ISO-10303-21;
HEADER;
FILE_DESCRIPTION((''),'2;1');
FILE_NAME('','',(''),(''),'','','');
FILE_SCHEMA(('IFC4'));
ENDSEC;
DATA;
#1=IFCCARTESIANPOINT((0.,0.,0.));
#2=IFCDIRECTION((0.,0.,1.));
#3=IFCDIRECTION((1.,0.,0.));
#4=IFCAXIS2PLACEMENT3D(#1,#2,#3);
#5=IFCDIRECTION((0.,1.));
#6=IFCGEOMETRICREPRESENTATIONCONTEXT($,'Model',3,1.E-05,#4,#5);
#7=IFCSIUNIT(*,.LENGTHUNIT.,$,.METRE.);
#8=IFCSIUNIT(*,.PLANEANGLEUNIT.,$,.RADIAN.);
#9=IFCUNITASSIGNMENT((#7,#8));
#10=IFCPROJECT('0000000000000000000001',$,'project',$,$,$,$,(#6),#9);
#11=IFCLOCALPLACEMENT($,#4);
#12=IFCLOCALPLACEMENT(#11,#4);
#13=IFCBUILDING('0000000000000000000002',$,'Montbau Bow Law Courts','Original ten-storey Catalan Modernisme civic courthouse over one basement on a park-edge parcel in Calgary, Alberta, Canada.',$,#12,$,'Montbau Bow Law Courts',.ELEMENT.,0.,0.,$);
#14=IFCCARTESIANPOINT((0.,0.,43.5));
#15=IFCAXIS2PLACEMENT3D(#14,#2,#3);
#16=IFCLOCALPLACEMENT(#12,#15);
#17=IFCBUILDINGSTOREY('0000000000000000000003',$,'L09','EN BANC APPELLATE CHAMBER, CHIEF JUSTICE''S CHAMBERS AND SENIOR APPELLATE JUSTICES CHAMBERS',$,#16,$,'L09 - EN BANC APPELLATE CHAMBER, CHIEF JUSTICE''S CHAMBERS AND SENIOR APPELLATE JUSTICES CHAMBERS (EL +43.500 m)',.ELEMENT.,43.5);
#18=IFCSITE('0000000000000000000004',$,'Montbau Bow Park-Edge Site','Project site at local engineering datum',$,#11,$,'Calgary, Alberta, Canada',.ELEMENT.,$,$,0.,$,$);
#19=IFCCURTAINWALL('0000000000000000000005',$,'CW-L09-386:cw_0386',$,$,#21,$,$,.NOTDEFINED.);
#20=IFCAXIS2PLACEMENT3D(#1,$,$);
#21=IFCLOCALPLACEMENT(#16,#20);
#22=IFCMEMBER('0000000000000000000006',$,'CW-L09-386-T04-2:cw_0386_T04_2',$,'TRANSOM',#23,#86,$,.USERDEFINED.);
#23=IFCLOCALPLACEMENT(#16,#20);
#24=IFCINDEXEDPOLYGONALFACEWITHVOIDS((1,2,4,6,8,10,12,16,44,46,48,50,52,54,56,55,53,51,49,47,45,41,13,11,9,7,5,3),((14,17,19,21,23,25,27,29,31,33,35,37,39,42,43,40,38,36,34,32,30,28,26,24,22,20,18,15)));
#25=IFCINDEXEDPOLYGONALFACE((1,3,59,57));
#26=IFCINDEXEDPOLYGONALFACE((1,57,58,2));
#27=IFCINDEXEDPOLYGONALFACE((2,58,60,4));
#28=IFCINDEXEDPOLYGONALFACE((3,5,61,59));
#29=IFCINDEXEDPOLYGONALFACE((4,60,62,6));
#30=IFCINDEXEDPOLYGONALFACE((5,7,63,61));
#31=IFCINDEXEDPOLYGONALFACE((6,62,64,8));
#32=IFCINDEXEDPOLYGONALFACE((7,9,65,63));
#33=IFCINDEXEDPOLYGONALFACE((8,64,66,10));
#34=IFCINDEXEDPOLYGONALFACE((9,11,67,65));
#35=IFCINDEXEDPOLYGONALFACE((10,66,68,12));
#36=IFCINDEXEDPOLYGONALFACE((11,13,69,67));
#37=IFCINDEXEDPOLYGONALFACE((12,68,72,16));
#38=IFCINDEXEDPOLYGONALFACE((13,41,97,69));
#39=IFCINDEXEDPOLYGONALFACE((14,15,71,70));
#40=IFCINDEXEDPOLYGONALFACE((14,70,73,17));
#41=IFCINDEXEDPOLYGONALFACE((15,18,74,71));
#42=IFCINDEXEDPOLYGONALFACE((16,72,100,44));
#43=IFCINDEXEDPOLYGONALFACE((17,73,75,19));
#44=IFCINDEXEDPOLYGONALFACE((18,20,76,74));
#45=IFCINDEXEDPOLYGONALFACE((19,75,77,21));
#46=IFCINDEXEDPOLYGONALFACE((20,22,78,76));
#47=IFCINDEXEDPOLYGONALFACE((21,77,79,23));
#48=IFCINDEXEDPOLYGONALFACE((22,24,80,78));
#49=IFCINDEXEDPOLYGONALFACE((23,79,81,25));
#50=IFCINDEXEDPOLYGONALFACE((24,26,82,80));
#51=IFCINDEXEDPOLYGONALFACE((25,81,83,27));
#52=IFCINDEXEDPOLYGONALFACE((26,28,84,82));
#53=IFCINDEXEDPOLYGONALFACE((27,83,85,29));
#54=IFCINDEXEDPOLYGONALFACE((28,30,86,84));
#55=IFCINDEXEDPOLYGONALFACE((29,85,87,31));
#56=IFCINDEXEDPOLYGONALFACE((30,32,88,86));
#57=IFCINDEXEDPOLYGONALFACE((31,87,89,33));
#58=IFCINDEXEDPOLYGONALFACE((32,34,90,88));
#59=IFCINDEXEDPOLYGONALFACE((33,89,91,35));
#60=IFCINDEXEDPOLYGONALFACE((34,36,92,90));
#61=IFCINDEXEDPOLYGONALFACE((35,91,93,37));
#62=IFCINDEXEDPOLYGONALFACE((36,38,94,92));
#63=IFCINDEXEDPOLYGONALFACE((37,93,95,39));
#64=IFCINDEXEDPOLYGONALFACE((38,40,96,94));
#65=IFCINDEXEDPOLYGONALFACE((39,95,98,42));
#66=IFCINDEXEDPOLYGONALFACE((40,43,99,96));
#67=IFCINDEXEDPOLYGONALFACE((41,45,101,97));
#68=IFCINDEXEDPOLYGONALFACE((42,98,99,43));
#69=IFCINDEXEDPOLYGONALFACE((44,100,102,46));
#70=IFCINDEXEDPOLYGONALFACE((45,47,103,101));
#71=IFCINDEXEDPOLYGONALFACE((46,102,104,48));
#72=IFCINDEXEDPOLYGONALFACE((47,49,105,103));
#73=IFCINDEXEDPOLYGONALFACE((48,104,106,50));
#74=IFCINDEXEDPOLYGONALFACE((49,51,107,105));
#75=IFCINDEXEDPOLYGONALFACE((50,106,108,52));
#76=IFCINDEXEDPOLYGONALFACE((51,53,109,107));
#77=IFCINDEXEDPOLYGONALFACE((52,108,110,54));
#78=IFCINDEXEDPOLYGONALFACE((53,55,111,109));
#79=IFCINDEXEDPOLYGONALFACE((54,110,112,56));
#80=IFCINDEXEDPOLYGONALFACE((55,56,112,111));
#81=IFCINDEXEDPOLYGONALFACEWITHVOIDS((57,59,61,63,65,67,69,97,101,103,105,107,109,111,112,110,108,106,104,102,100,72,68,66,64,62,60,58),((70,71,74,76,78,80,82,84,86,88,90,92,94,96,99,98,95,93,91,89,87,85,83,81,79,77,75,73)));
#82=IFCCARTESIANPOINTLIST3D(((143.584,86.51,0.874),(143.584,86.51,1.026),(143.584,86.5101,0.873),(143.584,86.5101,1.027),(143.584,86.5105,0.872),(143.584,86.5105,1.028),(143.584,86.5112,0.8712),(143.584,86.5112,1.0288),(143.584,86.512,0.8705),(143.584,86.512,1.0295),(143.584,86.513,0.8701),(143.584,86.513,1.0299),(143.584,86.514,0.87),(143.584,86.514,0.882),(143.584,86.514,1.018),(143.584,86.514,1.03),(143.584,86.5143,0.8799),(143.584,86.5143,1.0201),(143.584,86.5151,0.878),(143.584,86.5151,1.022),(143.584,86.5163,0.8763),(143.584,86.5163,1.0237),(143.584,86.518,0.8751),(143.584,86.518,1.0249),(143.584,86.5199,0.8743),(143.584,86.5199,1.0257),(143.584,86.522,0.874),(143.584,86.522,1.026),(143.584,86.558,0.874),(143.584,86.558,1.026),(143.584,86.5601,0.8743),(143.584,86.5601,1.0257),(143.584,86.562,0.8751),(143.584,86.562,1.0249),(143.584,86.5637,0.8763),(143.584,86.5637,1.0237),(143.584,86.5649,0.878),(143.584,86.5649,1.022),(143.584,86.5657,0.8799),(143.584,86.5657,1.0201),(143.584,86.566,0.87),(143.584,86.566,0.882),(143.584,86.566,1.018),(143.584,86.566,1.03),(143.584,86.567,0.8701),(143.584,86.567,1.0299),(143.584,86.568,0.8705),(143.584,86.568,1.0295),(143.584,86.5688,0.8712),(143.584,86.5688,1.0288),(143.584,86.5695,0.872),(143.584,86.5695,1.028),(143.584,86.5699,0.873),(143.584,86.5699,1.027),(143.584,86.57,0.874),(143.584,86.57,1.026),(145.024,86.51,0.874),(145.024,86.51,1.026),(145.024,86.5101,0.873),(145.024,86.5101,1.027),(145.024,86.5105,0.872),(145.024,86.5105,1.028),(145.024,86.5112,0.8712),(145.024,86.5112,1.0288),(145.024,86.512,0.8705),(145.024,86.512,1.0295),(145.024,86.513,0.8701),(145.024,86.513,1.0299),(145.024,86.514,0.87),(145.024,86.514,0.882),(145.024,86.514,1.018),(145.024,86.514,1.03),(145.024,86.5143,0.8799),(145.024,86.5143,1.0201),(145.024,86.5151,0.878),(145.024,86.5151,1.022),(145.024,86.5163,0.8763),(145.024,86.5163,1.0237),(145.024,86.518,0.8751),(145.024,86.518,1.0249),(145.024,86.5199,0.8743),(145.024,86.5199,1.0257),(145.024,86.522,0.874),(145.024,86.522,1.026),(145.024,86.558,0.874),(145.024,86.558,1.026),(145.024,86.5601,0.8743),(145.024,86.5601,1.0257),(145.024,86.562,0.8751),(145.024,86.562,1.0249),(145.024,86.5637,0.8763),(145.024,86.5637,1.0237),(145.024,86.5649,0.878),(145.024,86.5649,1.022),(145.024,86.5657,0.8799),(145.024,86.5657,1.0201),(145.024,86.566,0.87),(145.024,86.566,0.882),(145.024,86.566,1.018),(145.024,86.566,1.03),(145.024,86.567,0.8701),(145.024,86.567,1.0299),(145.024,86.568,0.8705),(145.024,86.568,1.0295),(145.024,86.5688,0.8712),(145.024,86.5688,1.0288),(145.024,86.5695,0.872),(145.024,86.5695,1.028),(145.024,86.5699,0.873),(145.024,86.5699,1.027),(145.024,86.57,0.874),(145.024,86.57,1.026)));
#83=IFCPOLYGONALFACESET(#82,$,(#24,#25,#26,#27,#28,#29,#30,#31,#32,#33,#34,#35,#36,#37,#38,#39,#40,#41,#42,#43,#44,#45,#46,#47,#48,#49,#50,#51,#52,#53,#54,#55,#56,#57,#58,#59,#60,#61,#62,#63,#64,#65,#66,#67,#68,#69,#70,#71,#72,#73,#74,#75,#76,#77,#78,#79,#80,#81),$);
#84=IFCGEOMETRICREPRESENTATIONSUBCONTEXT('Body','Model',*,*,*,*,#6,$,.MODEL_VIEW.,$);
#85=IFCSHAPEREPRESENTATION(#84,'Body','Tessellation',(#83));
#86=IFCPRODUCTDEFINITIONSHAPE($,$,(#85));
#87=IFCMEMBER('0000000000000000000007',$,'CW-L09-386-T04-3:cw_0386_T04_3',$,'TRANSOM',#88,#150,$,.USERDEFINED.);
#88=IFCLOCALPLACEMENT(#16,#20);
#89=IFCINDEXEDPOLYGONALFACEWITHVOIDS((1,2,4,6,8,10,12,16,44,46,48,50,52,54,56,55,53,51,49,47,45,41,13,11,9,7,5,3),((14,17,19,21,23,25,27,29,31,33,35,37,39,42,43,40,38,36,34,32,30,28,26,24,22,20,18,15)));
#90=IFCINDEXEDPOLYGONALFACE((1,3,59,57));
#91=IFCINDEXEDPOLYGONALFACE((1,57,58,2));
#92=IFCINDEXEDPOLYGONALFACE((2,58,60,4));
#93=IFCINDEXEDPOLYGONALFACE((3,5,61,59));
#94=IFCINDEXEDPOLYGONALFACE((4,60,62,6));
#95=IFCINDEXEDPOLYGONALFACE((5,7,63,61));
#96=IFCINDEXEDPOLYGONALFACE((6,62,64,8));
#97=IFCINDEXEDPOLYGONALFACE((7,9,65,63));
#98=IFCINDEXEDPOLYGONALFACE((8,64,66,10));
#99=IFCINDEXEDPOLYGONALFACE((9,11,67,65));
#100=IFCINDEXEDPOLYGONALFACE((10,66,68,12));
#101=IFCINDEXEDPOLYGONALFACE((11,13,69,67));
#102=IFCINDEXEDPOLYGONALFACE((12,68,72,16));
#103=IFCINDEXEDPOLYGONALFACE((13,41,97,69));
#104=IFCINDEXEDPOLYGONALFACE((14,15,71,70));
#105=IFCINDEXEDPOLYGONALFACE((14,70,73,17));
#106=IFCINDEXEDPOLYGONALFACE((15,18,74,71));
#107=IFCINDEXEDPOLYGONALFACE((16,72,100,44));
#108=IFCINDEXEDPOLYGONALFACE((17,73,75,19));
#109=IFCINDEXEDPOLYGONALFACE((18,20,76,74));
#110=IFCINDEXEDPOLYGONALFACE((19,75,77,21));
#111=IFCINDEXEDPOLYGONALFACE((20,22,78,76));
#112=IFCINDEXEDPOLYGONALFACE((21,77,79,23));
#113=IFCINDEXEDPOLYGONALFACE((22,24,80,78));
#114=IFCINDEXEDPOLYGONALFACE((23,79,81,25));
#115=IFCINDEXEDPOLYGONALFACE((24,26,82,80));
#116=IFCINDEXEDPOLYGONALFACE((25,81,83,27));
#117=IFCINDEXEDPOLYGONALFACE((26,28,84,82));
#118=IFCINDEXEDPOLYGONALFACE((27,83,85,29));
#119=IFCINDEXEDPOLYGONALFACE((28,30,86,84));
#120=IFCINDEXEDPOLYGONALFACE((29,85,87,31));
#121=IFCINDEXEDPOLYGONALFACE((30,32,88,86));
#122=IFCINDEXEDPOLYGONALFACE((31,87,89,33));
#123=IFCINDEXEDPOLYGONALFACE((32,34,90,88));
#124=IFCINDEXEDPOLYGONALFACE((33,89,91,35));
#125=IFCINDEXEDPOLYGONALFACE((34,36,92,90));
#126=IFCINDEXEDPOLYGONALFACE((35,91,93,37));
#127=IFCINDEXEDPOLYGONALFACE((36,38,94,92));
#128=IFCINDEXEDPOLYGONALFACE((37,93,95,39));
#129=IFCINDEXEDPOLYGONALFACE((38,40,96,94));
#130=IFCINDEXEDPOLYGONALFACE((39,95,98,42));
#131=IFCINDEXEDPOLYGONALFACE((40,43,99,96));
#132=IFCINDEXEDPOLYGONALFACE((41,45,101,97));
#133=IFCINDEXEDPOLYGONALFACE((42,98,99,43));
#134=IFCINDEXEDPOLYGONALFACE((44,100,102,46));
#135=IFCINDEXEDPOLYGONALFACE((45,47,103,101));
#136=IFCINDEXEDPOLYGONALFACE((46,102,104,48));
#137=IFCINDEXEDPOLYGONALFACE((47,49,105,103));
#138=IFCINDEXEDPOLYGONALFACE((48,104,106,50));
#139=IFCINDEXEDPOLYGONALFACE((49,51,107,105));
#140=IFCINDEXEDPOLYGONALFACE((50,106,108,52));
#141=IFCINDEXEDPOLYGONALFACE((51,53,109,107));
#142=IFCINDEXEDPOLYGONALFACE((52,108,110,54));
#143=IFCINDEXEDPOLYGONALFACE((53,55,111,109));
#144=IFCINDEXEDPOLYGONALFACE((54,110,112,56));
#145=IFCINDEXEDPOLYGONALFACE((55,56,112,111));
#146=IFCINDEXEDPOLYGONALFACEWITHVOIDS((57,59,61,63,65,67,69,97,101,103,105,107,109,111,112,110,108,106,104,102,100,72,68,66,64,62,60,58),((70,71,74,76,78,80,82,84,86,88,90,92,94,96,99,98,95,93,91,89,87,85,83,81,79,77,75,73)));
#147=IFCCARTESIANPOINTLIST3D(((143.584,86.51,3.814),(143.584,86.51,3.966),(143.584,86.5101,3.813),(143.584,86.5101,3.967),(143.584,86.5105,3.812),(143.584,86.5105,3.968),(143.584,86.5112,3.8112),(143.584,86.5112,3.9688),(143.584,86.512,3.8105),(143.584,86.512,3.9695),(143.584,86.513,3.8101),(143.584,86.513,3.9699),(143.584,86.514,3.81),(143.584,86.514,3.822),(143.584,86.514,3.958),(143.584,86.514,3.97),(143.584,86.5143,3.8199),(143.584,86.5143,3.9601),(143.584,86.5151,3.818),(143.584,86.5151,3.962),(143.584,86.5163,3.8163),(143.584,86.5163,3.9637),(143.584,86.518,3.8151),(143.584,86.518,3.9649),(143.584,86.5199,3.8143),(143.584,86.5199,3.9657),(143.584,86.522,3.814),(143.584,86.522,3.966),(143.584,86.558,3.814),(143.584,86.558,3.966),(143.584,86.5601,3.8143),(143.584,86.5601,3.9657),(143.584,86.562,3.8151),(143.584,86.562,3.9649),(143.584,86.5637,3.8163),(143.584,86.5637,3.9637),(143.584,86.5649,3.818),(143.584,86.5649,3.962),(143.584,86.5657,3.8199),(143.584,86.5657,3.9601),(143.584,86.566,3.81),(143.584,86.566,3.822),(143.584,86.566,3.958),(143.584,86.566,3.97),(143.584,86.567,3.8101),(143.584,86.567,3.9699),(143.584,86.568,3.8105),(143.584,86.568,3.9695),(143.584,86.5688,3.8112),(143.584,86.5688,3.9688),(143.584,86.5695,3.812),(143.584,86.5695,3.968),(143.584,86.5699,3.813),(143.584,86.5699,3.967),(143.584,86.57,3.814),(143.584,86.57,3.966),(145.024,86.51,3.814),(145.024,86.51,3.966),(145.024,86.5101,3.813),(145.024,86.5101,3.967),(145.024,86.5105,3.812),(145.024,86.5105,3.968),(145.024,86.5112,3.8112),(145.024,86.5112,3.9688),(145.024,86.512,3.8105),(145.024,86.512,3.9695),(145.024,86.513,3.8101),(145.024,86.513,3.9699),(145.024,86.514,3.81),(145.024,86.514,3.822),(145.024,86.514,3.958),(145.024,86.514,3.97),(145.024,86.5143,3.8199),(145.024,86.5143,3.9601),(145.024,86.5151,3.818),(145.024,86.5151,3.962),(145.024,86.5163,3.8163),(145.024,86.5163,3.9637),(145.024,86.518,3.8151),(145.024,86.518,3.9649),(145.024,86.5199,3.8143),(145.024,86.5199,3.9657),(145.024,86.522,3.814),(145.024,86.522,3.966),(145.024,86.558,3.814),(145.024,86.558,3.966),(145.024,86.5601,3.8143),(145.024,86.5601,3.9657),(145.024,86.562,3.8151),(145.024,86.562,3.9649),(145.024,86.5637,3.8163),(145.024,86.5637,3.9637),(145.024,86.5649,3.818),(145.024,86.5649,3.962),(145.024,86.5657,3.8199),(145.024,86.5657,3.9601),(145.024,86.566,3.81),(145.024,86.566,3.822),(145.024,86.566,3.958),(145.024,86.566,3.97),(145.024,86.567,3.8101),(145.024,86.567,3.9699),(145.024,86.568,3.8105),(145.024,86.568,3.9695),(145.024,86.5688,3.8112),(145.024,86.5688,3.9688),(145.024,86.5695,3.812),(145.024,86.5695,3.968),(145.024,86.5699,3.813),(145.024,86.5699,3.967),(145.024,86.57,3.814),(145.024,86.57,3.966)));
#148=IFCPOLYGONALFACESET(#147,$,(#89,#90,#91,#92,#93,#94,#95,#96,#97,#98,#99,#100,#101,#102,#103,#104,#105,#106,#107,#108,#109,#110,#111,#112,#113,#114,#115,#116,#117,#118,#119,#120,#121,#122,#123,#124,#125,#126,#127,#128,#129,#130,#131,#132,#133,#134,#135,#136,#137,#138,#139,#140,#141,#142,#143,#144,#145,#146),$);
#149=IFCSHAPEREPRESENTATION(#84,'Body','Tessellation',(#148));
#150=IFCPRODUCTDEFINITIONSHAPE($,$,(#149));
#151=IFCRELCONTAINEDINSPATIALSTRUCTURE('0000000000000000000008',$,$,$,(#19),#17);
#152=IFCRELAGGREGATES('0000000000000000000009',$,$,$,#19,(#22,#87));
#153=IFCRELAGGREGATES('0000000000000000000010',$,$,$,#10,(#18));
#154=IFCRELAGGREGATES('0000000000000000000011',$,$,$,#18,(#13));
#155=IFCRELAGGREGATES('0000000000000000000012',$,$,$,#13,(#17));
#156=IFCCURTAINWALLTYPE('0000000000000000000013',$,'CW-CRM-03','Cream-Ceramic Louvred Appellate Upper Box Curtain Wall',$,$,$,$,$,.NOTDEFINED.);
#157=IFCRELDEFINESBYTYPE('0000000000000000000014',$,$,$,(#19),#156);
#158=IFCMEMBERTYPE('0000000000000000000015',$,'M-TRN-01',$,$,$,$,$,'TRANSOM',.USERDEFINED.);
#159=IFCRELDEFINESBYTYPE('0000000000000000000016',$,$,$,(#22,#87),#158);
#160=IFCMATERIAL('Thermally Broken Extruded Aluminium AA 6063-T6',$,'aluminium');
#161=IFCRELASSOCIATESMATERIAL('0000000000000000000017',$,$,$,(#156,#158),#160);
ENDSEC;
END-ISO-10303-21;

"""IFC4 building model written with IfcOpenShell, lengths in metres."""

from ifc_helpers import new_model, si_unit, direction, frame, origin_with_axes, origin_2d_with_axis, place, context, subcontext, project, spatial, hollow_rectangle, extrude, material, material_profile, profile_set, type_object, element, aggregate, save


model = new_model("IFC4")

# Units and contexts
model_context = context("Model", 3, precision=1e-05, world=origin_with_axes(), true_north=direction((0.0, 1.0)))
body_context = subcontext(model_context, "Body", "Model", "MODEL_VIEW")
ifc_project = project(units=[si_unit("LENGTHUNIT", "METRE"), si_unit("PLANEANGLEUNIT", "RADIAN")], contexts=[model_context])

# Site, building, storey
site_placement = place(None, origin_with_axes())
site = spatial("IfcSite", under=ifc_project, at=site_placement, Name="Montbau Bow Park-Edge Site", Description="Project site at local engineering datum", LongName="Calgary, Alberta, Canada", CompositionType="ELEMENT", RefElevation=0.0)
building_placement = place(site_placement, origin_with_axes())
building = spatial("IfcBuilding", under=site, at=building_placement, Name="Montbau Bow Law Courts", Description="Original ten-storey Catalan Modernisme civic courthouse over one basement on a park-edge parcel in Calgary, Alberta, Canada.", LongName="Montbau Bow Law Courts", CompositionType="ELEMENT", ElevationOfRefHeight=0.0, ElevationOfTerrain=0.0)
storey_placement = place(building_placement, frame((0.0, 0.0, 43.5), z_axis=(0.0, 0.0, 1.0), x_axis=(1.0, 0.0, 0.0)))
storey = spatial("IfcBuildingStorey", under=building, at=storey_placement, Name="L09", Description="EN BANC APPELLATE CHAMBER, CHIEF JUSTICE'S CHAMBERS AND SENIOR APPELLATE JUSTICES CHAMBERS", LongName="L09 - EN BANC APPELLATE CHAMBER, CHIEF JUSTICE'S CHAMBERS AND SENIOR APPELLATE JUSTICES CHAMBERS (EL +43.500 m)", CompositionType="ELEMENT", Elevation=43.5)

# Shared definitions
ifc_material_1 = material(Name="Thermally Broken Extruded Aluminium AA 6063-T6", Category="aluminium")
curtain_wall_type = type_object("IfcCurtainWallType", Name="CW-CRM-03", Description="Cream-Ceramic Louvred Appellate Upper Box Curtain Wall", PredefinedType="NOTDEFINED", material=ifc_material_1)

# Curtain wall, members
curtain_wall_1_placement = place(None, frame((139.04, 86.54, 43.5), z_axis=(0.0, 0.0, 1.0), x_axis=(1.0, 0.0, 0.0)))
curtain_wall_1 = element("IfcCurtainWall", 1, at=curtain_wall_1_placement, inside=storey, type_object=curtain_wall_type, Name="CW-L09-386:cw_0386", PredefinedType="NOTDEFINED")
ifc_material_profile_1 = material_profile(ifc_material_1, hollow_rectangle(XDim=0.06, YDim=0.16, WallThickness=0.004, InnerFilletRadius=0.008, OuterFilletRadius=0.004, at=origin_2d_with_axis()), Name="CWT-160X60", Category="Main", Priority=0)
ifc_profile_set_1 = profile_set([ifc_material_profile_1], Name="Thermally Broken Extruded Aluminium AA 6063-T6")
member_type_1 = type_object("IfcMemberType", Name="M-TRN-01", ElementType="TRANSOM", PredefinedType="USERDEFINED", material=ifc_profile_set_1)
member_1_placement = place(None, frame((143.584, 86.54, 44.45), z_axis=(1.0, 0.0, 0.0), x_axis=(0.0, 1.0, 0.0)))
member_1 = element("IfcMember", 2, at=member_1_placement, type_object=member_type_1, Name="CW-L09-386-T04-2:cw_0386_T04_2", ObjectType="TRANSOM", PredefinedType="USERDEFINED", context=body_context, shape_type="SweptSolid", body=[
    extrude(hollow_rectangle(XDim=0.06, YDim=0.16, WallThickness=0.004, InnerFilletRadius=0.008, OuterFilletRadius=0.004, at=origin_2d_with_axis()), origin_with_axes(), (0.0, 0.0, 1.0), 1.44),
])
member_2_placement = place(None, frame((143.584, 86.54, 47.39), z_axis=(1.0, 0.0, 0.0), x_axis=(0.0, 1.0, 0.0)))
member_2 = element("IfcMember", 3, at=member_2_placement, type_object=member_type_1, Name="CW-L09-386-T04-3:cw_0386_T04_3", ObjectType="TRANSOM", PredefinedType="USERDEFINED", context=body_context, shape_type="SweptSolid", body=[
    extrude(hollow_rectangle(XDim=0.06, YDim=0.16, WallThickness=0.004, InnerFilletRadius=0.008, OuterFilletRadius=0.004, at=origin_2d_with_axis()), origin_with_axes(), (0.0, 0.0, 1.0), 1.44),
])

aggregate(curtain_wall_1, [member_1, member_2])

save(model, "model.ifc")
